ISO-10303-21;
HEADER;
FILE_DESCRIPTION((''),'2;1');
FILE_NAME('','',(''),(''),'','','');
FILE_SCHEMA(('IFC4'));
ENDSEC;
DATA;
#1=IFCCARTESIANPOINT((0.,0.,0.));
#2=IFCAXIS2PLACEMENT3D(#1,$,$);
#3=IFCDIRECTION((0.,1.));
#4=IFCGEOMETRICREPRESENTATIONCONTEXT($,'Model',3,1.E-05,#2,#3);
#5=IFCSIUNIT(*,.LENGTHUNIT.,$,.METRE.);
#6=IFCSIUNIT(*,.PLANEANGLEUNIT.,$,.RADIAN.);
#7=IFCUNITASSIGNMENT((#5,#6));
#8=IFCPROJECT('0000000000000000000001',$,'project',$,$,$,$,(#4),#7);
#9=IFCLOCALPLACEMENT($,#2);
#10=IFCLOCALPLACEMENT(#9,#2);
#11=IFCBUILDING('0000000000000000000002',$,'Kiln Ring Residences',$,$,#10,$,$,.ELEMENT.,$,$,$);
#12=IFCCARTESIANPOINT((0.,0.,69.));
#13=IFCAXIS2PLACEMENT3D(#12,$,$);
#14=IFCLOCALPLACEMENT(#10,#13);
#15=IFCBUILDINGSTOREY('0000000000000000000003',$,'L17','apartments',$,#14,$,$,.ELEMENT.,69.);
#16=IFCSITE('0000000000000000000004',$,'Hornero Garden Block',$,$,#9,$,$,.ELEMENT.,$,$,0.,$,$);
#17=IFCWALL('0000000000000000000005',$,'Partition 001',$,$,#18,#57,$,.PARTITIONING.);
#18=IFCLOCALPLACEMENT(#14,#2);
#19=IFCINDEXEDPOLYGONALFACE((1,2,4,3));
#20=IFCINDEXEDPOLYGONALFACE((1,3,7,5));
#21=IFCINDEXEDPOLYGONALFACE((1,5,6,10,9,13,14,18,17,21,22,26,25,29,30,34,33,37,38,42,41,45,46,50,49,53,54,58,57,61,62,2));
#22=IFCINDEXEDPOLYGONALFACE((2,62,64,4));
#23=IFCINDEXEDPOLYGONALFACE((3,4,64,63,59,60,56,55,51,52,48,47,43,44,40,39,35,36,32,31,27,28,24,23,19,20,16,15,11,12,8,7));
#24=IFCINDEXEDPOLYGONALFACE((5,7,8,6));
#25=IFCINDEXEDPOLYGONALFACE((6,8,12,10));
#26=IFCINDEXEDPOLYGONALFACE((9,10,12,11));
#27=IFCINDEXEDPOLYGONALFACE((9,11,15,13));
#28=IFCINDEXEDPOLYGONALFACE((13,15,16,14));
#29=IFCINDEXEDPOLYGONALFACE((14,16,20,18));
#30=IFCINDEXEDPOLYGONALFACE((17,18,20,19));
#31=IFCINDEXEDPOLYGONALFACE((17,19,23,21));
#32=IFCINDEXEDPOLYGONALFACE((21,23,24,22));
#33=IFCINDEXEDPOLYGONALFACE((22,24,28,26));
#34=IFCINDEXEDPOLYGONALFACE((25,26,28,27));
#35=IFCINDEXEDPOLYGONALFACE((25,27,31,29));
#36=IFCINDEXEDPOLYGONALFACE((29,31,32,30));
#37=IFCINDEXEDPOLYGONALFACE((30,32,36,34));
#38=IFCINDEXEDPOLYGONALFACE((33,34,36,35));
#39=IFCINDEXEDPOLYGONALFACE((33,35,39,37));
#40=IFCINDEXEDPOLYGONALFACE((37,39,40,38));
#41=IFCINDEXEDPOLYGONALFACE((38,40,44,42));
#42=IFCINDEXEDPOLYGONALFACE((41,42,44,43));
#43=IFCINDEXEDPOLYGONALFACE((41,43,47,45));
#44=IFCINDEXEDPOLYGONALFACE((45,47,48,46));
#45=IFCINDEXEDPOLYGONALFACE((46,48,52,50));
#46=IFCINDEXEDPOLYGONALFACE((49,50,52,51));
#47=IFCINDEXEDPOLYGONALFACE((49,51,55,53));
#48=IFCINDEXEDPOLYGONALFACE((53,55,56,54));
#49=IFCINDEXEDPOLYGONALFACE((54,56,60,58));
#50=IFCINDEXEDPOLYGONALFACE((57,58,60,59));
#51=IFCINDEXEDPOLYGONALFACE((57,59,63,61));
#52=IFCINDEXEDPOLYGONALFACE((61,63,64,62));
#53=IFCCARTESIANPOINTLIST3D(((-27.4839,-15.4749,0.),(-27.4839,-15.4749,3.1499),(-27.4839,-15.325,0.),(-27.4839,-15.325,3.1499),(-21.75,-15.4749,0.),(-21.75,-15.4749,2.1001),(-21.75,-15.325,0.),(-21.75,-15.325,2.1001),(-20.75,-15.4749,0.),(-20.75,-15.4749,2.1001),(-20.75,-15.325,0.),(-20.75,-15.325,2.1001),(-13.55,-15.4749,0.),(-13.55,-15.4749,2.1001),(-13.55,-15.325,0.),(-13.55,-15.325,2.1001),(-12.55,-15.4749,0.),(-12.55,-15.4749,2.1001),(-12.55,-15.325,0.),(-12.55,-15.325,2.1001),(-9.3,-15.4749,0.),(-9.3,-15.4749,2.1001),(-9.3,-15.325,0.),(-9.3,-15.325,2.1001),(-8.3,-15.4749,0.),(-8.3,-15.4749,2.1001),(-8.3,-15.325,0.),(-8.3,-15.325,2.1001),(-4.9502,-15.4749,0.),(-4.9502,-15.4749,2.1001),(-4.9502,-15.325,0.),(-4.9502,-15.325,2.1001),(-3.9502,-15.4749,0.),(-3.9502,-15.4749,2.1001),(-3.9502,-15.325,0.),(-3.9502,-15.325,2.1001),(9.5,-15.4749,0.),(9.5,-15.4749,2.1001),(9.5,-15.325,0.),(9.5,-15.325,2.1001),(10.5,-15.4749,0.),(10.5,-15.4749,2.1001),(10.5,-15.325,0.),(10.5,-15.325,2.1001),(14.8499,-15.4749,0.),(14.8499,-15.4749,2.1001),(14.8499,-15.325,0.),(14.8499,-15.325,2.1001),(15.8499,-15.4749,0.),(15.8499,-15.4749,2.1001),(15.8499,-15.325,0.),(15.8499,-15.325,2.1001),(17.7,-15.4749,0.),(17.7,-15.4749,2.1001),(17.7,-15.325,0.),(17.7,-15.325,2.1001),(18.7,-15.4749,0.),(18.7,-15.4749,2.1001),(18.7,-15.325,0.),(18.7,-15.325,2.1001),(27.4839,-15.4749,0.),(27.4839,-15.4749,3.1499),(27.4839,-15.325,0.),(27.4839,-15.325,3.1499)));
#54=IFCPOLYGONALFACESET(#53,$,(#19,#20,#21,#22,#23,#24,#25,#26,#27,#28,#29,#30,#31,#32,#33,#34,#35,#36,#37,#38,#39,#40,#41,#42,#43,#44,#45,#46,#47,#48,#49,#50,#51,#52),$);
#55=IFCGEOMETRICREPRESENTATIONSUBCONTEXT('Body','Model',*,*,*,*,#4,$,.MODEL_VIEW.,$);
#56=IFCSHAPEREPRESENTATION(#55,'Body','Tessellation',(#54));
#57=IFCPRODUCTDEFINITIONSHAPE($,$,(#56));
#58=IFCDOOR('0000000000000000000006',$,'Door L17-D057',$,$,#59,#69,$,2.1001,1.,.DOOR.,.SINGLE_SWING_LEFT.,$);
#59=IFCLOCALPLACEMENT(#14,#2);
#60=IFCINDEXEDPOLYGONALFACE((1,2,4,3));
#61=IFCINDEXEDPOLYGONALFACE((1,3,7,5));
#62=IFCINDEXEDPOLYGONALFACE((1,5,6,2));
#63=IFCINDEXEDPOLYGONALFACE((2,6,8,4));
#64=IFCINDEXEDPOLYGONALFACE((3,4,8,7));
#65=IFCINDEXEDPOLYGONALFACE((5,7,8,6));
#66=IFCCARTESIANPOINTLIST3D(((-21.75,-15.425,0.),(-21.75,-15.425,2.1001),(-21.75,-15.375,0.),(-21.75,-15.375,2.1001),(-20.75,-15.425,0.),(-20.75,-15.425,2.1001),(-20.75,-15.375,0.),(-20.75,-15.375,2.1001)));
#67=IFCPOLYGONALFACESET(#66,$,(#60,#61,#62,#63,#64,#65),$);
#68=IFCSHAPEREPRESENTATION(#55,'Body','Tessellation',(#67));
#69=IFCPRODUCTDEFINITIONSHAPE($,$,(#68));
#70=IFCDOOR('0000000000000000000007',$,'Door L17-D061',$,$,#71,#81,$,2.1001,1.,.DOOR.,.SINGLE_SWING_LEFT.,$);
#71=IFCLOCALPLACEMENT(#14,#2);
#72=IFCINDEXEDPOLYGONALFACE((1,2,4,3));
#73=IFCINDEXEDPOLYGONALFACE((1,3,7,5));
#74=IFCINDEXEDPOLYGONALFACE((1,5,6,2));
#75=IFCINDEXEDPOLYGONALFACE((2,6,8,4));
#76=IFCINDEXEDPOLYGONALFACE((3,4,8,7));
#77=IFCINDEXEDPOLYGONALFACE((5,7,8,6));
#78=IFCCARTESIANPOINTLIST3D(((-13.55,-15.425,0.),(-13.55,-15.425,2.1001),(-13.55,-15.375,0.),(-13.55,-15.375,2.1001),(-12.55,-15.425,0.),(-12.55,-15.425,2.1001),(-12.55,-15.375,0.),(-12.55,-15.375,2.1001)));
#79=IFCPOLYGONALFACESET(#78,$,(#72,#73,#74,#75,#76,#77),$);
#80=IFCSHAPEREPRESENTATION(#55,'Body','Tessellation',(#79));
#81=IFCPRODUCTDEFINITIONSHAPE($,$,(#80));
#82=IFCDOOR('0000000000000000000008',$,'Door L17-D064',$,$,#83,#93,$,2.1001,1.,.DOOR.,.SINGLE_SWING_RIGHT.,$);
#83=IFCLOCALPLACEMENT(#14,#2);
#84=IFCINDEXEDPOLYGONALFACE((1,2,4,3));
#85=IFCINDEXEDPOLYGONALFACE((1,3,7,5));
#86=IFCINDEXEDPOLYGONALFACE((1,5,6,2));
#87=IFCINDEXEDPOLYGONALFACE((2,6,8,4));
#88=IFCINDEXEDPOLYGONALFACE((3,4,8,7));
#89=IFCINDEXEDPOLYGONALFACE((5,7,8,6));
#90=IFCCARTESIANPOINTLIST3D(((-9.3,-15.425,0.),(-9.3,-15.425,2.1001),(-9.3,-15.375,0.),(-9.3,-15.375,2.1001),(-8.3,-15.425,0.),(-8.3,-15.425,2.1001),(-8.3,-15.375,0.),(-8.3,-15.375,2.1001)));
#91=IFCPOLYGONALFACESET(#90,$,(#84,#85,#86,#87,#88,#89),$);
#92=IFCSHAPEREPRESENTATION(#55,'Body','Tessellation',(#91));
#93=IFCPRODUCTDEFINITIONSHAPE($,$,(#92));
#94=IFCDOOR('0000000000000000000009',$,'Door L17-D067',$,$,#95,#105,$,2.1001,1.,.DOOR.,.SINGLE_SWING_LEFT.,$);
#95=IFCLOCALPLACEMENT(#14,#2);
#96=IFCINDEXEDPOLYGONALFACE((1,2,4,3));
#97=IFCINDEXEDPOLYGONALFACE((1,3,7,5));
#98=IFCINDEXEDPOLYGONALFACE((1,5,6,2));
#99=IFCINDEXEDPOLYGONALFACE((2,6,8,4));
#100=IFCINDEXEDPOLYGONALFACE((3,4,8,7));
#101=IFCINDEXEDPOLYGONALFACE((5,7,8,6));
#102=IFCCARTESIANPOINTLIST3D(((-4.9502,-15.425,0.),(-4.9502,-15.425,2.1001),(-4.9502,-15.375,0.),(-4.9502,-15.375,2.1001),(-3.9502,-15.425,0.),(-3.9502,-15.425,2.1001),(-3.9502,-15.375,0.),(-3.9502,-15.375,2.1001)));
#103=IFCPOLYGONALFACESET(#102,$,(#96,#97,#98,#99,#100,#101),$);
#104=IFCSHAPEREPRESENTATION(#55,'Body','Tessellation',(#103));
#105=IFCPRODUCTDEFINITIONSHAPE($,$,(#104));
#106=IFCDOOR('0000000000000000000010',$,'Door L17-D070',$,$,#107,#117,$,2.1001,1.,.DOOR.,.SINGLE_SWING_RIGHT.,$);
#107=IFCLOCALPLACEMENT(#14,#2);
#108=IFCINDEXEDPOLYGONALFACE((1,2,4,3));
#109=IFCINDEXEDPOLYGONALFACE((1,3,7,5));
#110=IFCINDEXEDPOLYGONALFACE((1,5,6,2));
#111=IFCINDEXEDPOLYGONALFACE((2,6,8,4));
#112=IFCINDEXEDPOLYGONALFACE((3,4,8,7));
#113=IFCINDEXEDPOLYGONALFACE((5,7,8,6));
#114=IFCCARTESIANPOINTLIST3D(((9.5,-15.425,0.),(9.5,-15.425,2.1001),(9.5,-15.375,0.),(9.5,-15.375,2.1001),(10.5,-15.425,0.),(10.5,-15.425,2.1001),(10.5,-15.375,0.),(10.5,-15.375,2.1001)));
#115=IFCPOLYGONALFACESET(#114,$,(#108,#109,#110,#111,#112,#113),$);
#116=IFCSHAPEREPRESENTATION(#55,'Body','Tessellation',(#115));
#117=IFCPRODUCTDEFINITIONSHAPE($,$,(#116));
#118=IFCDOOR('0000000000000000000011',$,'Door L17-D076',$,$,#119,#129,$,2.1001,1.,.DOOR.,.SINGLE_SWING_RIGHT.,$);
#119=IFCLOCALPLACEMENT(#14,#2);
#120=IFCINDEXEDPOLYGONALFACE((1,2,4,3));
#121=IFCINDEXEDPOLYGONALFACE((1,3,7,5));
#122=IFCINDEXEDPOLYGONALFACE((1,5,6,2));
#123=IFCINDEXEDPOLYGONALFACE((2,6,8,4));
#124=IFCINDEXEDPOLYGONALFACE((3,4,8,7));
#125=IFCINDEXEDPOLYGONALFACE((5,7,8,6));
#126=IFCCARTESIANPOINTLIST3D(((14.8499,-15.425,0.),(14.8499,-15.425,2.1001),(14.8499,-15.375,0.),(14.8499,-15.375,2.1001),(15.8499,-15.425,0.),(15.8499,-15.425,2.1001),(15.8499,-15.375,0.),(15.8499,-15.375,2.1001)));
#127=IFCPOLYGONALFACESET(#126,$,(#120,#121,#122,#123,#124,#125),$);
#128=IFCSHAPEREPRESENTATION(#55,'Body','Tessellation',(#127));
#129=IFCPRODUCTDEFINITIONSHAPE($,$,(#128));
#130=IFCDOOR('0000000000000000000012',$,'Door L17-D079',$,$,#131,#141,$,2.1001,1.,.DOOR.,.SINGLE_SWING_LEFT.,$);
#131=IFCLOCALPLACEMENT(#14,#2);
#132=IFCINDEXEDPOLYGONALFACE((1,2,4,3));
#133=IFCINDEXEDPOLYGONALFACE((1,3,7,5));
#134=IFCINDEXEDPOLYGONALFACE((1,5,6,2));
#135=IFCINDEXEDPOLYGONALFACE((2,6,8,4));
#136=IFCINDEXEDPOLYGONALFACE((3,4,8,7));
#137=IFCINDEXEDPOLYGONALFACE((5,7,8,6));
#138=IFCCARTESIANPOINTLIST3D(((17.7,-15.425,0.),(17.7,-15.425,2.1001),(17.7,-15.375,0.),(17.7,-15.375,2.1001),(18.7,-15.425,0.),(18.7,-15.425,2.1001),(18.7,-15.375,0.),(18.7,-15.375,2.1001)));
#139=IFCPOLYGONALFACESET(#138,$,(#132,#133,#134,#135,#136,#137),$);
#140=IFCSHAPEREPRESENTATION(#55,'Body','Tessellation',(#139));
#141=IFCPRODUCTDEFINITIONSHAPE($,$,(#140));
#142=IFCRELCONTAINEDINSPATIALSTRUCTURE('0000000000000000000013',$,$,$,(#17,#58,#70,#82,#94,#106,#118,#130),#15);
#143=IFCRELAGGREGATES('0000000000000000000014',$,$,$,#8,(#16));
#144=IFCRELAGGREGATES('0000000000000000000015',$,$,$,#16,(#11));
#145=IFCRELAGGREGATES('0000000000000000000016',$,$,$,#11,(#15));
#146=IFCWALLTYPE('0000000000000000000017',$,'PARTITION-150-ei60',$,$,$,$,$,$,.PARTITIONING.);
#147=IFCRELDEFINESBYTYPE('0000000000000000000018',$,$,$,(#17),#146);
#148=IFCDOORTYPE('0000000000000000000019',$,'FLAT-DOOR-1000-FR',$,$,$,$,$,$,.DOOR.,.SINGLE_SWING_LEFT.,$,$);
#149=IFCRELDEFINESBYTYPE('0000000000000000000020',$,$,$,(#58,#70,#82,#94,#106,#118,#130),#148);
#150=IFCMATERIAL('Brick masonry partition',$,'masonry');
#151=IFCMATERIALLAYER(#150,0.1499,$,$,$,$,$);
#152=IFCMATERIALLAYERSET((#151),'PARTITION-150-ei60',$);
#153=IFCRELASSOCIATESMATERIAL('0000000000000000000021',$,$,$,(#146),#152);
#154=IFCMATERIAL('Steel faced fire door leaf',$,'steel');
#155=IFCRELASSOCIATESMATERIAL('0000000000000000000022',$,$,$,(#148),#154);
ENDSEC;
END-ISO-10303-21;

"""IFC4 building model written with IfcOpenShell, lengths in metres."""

from ifc_helpers import new_model, si_unit, direction, frame, frame_2d, origin, place, context, subcontext, project, spatial, rectangle, extrude, material, layer, layer_set, type_object, element, fill, save


model = new_model("IFC4")

# Units and contexts
model_context = context("Model", 3, precision=1e-05, world=origin(), true_north=direction((0.0, 1.0)))
body_context = subcontext(model_context, "Body", "Model", "MODEL_VIEW")
ifc_project = project(units=[si_unit("LENGTHUNIT", "METRE"), si_unit("PLANEANGLEUNIT", "RADIAN")], contexts=[model_context])

# Site, building, storey
site_placement = place(None, origin())
site = spatial("IfcSite", under=ifc_project, at=site_placement, Name="Hornero Garden Block", CompositionType="ELEMENT", RefElevation=0.0)
building_placement = place(site_placement, origin())
building = spatial("IfcBuilding", under=site, at=building_placement, Name="Kiln Ring Residences", CompositionType="ELEMENT")
storey_placement = place(building_placement, frame((0.0, 0.0, 69.0)))
storey = spatial("IfcBuildingStorey", under=building, at=storey_placement, Name="L17", Description="apartments", CompositionType="ELEMENT", Elevation=69.0)

# Wall, openings, doors
ifc_material_1 = material(Name="Brick masonry partition", Category="masonry")
ifc_layer_1 = layer(ifc_material_1, 0.1499)
ifc_layer_set_1 = layer_set([ifc_layer_1], Name="PARTITION-150-ei60")
wall_type_1 = type_object("IfcWallType", Name="PARTITION-150-ei60", PredefinedType="PARTITIONING", material=ifc_layer_set_1)
wall_1_placement = place(storey_placement, frame((-27.4839, -15.3999, 0.0), z_axis=(0.0, 0.0, 1.0), x_axis=(1.0, 0.0, 0.0)))
wall_1 = element("IfcWall", 1, at=wall_1_placement, inside=storey, type_object=wall_type_1, Name="Partition 001", PredefinedType="PARTITIONING", context=body_context, shape_type="SweptSolid", body=[
    extrude(rectangle(XDim=54.9678, YDim=0.1499, at=frame_2d((27.4839, 0.0))), origin(), (0.0, 0.0, 1.0), 3.1499),
])
opening_1_placement = place(wall_1_placement, frame((5.7339, 0.0, 0.0)))
opening_1 = element("IfcOpeningElement", 2, at=opening_1_placement, cuts=wall_1, PredefinedType="OPENING", context=body_context, shape_type="SweptSolid", body=[
    extrude(rectangle(XDim=1.0, YDim=2.1001, at=frame_2d((0.5, 1.05))), frame((0.0, 0.085, 0.0), z_axis=(0.0, -1.0, 0.0), x_axis=(1.0, 0.0, 0.0)), (0.0, 0.0, 1.0), 0.1699),
])
opening_2_placement = place(wall_1_placement, frame((13.9338, 0.0, 0.0)))
opening_2 = element("IfcOpeningElement", 3, at=opening_2_placement, cuts=wall_1, PredefinedType="OPENING", context=body_context, shape_type="SweptSolid", body=[
    extrude(rectangle(XDim=1.0, YDim=2.1001, at=frame_2d((0.5, 1.05))), frame((0.0, 0.085, 0.0), z_axis=(0.0, -1.0, 0.0), x_axis=(1.0, 0.0, 0.0)), (0.0, 0.0, 1.0), 0.1699),
])
opening_3_placement = place(wall_1_placement, frame((18.1838, 0.0, 0.0)))
opening_3 = element("IfcOpeningElement", 4, at=opening_3_placement, cuts=wall_1, PredefinedType="OPENING", context=body_context, shape_type="SweptSolid", body=[
    extrude(rectangle(XDim=1.0, YDim=2.1001, at=frame_2d((0.5, 1.05))), frame((0.0, 0.085, 0.0), z_axis=(0.0, -1.0, 0.0), x_axis=(1.0, 0.0, 0.0)), (0.0, 0.0, 1.0), 0.1699),
])
opening_4_placement = place(wall_1_placement, frame((22.5337, 0.0, 0.0)))
opening_4 = element("IfcOpeningElement", 5, at=opening_4_placement, cuts=wall_1, PredefinedType="OPENING", context=body_context, shape_type="SweptSolid", body=[
    extrude(rectangle(XDim=1.0, YDim=2.1001, at=frame_2d((0.5, 1.05))), frame((0.0, 0.085, 0.0), z_axis=(0.0, -1.0, 0.0), x_axis=(1.0, 0.0, 0.0)), (0.0, 0.0, 1.0), 0.1699),
])
opening_5_placement = place(wall_1_placement, frame((36.9839, 0.0, 0.0)))
opening_5 = element("IfcOpeningElement", 6, at=opening_5_placement, cuts=wall_1, PredefinedType="OPENING", context=body_context, shape_type="SweptSolid", body=[
    extrude(rectangle(XDim=1.0, YDim=2.1001, at=frame_2d((0.5, 1.05))), frame((0.0, 0.085, 0.0), z_axis=(0.0, -1.0, 0.0), x_axis=(1.0, 0.0, 0.0)), (0.0, 0.0, 1.0), 0.1699),
])
opening_6_placement = place(wall_1_placement, frame((42.3337, 0.0, 0.0)))
opening_6 = element("IfcOpeningElement", 7, at=opening_6_placement, cuts=wall_1, PredefinedType="OPENING", context=body_context, shape_type="SweptSolid", body=[
    extrude(rectangle(XDim=1.0, YDim=2.1001, at=frame_2d((0.5, 1.05))), frame((0.0, 0.085, 0.0), z_axis=(0.0, -1.0, 0.0), x_axis=(1.0, 0.0, 0.0)), (0.0, 0.0, 1.0), 0.1699),
])
opening_7_placement = place(wall_1_placement, frame((45.1838, 0.0, 0.0)))
opening_7 = element("IfcOpeningElement", 8, at=opening_7_placement, cuts=wall_1, PredefinedType="OPENING", context=body_context, shape_type="SweptSolid", body=[
    extrude(rectangle(XDim=1.0, YDim=2.1001, at=frame_2d((0.5, 1.05))), frame((0.0, 0.085, 0.0), z_axis=(0.0, -1.0, 0.0), x_axis=(1.0, 0.0, 0.0)), (0.0, 0.0, 1.0), 0.1699),
])
ifc_material_2 = material(Name="Steel faced fire door leaf", Category="steel")
door_type_1 = type_object("IfcDoorType", Name="FLAT-DOOR-1000-FR", OperationType="SINGLE_SWING_LEFT", PredefinedType="DOOR", material=ifc_material_2)
door_1_placement = place(opening_1_placement, origin())
door_1 = element("IfcDoor", 9, at=door_1_placement, inside=storey, type_object=door_type_1, Name="Door L17-D057", OperationType="SINGLE_SWING_LEFT", OverallHeight=2.1001, OverallWidth=1.0, PredefinedType="DOOR", context=body_context, shape_type="SweptSolid", body=[
    extrude(rectangle(XDim=1.0, YDim=2.1001, at=frame_2d((0.5, 1.05))), frame((0.0, 0.0249, 0.0), z_axis=(0.0, -1.0, 0.0), x_axis=(1.0, 0.0, 0.0)), (0.0, 0.0, 1.0), 0.05),
])
fill(opening_1, door_1)
door_2_placement = place(opening_2_placement, origin())
door_2 = element("IfcDoor", 10, at=door_2_placement, inside=storey, type_object=door_type_1, Name="Door L17-D061", OperationType="SINGLE_SWING_LEFT", OverallHeight=2.1001, OverallWidth=1.0, PredefinedType="DOOR", context=body_context, shape_type="SweptSolid", body=[
    extrude(rectangle(XDim=1.0, YDim=2.1001, at=frame_2d((0.5, 1.05))), frame((0.0, 0.0249, 0.0), z_axis=(0.0, -1.0, 0.0), x_axis=(1.0, 0.0, 0.0)), (0.0, 0.0, 1.0), 0.05),
])
fill(opening_2, door_2)
door_3_placement = place(opening_3_placement, origin())
door_3 = element("IfcDoor", 11, at=door_3_placement, inside=storey, type_object=door_type_1, Name="Door L17-D064", OperationType="SINGLE_SWING_RIGHT", OverallHeight=2.1001, OverallWidth=1.0, PredefinedType="DOOR", context=body_context, shape_type="SweptSolid", body=[
    extrude(rectangle(XDim=1.0, YDim=2.1001, at=frame_2d((0.5, 1.05))), frame((0.0, 0.0249, 0.0), z_axis=(0.0, -1.0, 0.0), x_axis=(1.0, 0.0, 0.0)), (0.0, 0.0, 1.0), 0.05),
])
fill(opening_3, door_3)
door_4_placement = place(opening_4_placement, origin())
door_4 = element("IfcDoor", 12, at=door_4_placement, inside=storey, type_object=door_type_1, Name="Door L17-D067", OperationType="SINGLE_SWING_LEFT", OverallHeight=2.1001, OverallWidth=1.0, PredefinedType="DOOR", context=body_context, shape_type="SweptSolid", body=[
    extrude(rectangle(XDim=1.0, YDim=2.1001, at=frame_2d((0.5, 1.05))), frame((0.0, 0.0249, 0.0), z_axis=(0.0, -1.0, 0.0), x_axis=(1.0, 0.0, 0.0)), (0.0, 0.0, 1.0), 0.05),
])
fill(opening_4, door_4)
door_5_placement = place(opening_5_placement, origin())
door_5 = element("IfcDoor", 13, at=door_5_placement, inside=storey, type_object=door_type_1, Name="Door L17-D070", OperationType="SINGLE_SWING_RIGHT", OverallHeight=2.1001, OverallWidth=1.0, PredefinedType="DOOR", context=body_context, shape_type="SweptSolid", body=[
    extrude(rectangle(XDim=1.0, YDim=2.1001, at=frame_2d((0.5, 1.05))), frame((0.0, 0.0249, 0.0), z_axis=(0.0, -1.0, 0.0), x_axis=(1.0, 0.0, 0.0)), (0.0, 0.0, 1.0), 0.05),
])
fill(opening_5, door_5)
door_6_placement = place(opening_6_placement, origin())
door_6 = element("IfcDoor", 14, at=door_6_placement, inside=storey, type_object=door_type_1, Name="Door L17-D076", OperationType="SINGLE_SWING_RIGHT", OverallHeight=2.1001, OverallWidth=1.0, PredefinedType="DOOR", context=body_context, shape_type="SweptSolid", body=[
    extrude(rectangle(XDim=1.0, YDim=2.1001, at=frame_2d((0.5, 1.05))), frame((0.0, 0.0249, 0.0), z_axis=(0.0, -1.0, 0.0), x_axis=(1.0, 0.0, 0.0)), (0.0, 0.0, 1.0), 0.05),
])
fill(opening_6, door_6)
door_7_placement = place(opening_7_placement, origin())
door_7 = element("IfcDoor", 15, at=door_7_placement, inside=storey, type_object=door_type_1, Name="Door L17-D079", OperationType="SINGLE_SWING_LEFT", OverallHeight=2.1001, OverallWidth=1.0, PredefinedType="DOOR", context=body_context, shape_type="SweptSolid", body=[
    extrude(rectangle(XDim=1.0, YDim=2.1001, at=frame_2d((0.5, 1.05))), frame((0.0, 0.0249, 0.0), z_axis=(0.0, -1.0, 0.0), x_axis=(1.0, 0.0, 0.0)), (0.0, 0.0, 1.0), 0.05),
])
fill(opening_7, door_7)

save(model, "model.ifc")
